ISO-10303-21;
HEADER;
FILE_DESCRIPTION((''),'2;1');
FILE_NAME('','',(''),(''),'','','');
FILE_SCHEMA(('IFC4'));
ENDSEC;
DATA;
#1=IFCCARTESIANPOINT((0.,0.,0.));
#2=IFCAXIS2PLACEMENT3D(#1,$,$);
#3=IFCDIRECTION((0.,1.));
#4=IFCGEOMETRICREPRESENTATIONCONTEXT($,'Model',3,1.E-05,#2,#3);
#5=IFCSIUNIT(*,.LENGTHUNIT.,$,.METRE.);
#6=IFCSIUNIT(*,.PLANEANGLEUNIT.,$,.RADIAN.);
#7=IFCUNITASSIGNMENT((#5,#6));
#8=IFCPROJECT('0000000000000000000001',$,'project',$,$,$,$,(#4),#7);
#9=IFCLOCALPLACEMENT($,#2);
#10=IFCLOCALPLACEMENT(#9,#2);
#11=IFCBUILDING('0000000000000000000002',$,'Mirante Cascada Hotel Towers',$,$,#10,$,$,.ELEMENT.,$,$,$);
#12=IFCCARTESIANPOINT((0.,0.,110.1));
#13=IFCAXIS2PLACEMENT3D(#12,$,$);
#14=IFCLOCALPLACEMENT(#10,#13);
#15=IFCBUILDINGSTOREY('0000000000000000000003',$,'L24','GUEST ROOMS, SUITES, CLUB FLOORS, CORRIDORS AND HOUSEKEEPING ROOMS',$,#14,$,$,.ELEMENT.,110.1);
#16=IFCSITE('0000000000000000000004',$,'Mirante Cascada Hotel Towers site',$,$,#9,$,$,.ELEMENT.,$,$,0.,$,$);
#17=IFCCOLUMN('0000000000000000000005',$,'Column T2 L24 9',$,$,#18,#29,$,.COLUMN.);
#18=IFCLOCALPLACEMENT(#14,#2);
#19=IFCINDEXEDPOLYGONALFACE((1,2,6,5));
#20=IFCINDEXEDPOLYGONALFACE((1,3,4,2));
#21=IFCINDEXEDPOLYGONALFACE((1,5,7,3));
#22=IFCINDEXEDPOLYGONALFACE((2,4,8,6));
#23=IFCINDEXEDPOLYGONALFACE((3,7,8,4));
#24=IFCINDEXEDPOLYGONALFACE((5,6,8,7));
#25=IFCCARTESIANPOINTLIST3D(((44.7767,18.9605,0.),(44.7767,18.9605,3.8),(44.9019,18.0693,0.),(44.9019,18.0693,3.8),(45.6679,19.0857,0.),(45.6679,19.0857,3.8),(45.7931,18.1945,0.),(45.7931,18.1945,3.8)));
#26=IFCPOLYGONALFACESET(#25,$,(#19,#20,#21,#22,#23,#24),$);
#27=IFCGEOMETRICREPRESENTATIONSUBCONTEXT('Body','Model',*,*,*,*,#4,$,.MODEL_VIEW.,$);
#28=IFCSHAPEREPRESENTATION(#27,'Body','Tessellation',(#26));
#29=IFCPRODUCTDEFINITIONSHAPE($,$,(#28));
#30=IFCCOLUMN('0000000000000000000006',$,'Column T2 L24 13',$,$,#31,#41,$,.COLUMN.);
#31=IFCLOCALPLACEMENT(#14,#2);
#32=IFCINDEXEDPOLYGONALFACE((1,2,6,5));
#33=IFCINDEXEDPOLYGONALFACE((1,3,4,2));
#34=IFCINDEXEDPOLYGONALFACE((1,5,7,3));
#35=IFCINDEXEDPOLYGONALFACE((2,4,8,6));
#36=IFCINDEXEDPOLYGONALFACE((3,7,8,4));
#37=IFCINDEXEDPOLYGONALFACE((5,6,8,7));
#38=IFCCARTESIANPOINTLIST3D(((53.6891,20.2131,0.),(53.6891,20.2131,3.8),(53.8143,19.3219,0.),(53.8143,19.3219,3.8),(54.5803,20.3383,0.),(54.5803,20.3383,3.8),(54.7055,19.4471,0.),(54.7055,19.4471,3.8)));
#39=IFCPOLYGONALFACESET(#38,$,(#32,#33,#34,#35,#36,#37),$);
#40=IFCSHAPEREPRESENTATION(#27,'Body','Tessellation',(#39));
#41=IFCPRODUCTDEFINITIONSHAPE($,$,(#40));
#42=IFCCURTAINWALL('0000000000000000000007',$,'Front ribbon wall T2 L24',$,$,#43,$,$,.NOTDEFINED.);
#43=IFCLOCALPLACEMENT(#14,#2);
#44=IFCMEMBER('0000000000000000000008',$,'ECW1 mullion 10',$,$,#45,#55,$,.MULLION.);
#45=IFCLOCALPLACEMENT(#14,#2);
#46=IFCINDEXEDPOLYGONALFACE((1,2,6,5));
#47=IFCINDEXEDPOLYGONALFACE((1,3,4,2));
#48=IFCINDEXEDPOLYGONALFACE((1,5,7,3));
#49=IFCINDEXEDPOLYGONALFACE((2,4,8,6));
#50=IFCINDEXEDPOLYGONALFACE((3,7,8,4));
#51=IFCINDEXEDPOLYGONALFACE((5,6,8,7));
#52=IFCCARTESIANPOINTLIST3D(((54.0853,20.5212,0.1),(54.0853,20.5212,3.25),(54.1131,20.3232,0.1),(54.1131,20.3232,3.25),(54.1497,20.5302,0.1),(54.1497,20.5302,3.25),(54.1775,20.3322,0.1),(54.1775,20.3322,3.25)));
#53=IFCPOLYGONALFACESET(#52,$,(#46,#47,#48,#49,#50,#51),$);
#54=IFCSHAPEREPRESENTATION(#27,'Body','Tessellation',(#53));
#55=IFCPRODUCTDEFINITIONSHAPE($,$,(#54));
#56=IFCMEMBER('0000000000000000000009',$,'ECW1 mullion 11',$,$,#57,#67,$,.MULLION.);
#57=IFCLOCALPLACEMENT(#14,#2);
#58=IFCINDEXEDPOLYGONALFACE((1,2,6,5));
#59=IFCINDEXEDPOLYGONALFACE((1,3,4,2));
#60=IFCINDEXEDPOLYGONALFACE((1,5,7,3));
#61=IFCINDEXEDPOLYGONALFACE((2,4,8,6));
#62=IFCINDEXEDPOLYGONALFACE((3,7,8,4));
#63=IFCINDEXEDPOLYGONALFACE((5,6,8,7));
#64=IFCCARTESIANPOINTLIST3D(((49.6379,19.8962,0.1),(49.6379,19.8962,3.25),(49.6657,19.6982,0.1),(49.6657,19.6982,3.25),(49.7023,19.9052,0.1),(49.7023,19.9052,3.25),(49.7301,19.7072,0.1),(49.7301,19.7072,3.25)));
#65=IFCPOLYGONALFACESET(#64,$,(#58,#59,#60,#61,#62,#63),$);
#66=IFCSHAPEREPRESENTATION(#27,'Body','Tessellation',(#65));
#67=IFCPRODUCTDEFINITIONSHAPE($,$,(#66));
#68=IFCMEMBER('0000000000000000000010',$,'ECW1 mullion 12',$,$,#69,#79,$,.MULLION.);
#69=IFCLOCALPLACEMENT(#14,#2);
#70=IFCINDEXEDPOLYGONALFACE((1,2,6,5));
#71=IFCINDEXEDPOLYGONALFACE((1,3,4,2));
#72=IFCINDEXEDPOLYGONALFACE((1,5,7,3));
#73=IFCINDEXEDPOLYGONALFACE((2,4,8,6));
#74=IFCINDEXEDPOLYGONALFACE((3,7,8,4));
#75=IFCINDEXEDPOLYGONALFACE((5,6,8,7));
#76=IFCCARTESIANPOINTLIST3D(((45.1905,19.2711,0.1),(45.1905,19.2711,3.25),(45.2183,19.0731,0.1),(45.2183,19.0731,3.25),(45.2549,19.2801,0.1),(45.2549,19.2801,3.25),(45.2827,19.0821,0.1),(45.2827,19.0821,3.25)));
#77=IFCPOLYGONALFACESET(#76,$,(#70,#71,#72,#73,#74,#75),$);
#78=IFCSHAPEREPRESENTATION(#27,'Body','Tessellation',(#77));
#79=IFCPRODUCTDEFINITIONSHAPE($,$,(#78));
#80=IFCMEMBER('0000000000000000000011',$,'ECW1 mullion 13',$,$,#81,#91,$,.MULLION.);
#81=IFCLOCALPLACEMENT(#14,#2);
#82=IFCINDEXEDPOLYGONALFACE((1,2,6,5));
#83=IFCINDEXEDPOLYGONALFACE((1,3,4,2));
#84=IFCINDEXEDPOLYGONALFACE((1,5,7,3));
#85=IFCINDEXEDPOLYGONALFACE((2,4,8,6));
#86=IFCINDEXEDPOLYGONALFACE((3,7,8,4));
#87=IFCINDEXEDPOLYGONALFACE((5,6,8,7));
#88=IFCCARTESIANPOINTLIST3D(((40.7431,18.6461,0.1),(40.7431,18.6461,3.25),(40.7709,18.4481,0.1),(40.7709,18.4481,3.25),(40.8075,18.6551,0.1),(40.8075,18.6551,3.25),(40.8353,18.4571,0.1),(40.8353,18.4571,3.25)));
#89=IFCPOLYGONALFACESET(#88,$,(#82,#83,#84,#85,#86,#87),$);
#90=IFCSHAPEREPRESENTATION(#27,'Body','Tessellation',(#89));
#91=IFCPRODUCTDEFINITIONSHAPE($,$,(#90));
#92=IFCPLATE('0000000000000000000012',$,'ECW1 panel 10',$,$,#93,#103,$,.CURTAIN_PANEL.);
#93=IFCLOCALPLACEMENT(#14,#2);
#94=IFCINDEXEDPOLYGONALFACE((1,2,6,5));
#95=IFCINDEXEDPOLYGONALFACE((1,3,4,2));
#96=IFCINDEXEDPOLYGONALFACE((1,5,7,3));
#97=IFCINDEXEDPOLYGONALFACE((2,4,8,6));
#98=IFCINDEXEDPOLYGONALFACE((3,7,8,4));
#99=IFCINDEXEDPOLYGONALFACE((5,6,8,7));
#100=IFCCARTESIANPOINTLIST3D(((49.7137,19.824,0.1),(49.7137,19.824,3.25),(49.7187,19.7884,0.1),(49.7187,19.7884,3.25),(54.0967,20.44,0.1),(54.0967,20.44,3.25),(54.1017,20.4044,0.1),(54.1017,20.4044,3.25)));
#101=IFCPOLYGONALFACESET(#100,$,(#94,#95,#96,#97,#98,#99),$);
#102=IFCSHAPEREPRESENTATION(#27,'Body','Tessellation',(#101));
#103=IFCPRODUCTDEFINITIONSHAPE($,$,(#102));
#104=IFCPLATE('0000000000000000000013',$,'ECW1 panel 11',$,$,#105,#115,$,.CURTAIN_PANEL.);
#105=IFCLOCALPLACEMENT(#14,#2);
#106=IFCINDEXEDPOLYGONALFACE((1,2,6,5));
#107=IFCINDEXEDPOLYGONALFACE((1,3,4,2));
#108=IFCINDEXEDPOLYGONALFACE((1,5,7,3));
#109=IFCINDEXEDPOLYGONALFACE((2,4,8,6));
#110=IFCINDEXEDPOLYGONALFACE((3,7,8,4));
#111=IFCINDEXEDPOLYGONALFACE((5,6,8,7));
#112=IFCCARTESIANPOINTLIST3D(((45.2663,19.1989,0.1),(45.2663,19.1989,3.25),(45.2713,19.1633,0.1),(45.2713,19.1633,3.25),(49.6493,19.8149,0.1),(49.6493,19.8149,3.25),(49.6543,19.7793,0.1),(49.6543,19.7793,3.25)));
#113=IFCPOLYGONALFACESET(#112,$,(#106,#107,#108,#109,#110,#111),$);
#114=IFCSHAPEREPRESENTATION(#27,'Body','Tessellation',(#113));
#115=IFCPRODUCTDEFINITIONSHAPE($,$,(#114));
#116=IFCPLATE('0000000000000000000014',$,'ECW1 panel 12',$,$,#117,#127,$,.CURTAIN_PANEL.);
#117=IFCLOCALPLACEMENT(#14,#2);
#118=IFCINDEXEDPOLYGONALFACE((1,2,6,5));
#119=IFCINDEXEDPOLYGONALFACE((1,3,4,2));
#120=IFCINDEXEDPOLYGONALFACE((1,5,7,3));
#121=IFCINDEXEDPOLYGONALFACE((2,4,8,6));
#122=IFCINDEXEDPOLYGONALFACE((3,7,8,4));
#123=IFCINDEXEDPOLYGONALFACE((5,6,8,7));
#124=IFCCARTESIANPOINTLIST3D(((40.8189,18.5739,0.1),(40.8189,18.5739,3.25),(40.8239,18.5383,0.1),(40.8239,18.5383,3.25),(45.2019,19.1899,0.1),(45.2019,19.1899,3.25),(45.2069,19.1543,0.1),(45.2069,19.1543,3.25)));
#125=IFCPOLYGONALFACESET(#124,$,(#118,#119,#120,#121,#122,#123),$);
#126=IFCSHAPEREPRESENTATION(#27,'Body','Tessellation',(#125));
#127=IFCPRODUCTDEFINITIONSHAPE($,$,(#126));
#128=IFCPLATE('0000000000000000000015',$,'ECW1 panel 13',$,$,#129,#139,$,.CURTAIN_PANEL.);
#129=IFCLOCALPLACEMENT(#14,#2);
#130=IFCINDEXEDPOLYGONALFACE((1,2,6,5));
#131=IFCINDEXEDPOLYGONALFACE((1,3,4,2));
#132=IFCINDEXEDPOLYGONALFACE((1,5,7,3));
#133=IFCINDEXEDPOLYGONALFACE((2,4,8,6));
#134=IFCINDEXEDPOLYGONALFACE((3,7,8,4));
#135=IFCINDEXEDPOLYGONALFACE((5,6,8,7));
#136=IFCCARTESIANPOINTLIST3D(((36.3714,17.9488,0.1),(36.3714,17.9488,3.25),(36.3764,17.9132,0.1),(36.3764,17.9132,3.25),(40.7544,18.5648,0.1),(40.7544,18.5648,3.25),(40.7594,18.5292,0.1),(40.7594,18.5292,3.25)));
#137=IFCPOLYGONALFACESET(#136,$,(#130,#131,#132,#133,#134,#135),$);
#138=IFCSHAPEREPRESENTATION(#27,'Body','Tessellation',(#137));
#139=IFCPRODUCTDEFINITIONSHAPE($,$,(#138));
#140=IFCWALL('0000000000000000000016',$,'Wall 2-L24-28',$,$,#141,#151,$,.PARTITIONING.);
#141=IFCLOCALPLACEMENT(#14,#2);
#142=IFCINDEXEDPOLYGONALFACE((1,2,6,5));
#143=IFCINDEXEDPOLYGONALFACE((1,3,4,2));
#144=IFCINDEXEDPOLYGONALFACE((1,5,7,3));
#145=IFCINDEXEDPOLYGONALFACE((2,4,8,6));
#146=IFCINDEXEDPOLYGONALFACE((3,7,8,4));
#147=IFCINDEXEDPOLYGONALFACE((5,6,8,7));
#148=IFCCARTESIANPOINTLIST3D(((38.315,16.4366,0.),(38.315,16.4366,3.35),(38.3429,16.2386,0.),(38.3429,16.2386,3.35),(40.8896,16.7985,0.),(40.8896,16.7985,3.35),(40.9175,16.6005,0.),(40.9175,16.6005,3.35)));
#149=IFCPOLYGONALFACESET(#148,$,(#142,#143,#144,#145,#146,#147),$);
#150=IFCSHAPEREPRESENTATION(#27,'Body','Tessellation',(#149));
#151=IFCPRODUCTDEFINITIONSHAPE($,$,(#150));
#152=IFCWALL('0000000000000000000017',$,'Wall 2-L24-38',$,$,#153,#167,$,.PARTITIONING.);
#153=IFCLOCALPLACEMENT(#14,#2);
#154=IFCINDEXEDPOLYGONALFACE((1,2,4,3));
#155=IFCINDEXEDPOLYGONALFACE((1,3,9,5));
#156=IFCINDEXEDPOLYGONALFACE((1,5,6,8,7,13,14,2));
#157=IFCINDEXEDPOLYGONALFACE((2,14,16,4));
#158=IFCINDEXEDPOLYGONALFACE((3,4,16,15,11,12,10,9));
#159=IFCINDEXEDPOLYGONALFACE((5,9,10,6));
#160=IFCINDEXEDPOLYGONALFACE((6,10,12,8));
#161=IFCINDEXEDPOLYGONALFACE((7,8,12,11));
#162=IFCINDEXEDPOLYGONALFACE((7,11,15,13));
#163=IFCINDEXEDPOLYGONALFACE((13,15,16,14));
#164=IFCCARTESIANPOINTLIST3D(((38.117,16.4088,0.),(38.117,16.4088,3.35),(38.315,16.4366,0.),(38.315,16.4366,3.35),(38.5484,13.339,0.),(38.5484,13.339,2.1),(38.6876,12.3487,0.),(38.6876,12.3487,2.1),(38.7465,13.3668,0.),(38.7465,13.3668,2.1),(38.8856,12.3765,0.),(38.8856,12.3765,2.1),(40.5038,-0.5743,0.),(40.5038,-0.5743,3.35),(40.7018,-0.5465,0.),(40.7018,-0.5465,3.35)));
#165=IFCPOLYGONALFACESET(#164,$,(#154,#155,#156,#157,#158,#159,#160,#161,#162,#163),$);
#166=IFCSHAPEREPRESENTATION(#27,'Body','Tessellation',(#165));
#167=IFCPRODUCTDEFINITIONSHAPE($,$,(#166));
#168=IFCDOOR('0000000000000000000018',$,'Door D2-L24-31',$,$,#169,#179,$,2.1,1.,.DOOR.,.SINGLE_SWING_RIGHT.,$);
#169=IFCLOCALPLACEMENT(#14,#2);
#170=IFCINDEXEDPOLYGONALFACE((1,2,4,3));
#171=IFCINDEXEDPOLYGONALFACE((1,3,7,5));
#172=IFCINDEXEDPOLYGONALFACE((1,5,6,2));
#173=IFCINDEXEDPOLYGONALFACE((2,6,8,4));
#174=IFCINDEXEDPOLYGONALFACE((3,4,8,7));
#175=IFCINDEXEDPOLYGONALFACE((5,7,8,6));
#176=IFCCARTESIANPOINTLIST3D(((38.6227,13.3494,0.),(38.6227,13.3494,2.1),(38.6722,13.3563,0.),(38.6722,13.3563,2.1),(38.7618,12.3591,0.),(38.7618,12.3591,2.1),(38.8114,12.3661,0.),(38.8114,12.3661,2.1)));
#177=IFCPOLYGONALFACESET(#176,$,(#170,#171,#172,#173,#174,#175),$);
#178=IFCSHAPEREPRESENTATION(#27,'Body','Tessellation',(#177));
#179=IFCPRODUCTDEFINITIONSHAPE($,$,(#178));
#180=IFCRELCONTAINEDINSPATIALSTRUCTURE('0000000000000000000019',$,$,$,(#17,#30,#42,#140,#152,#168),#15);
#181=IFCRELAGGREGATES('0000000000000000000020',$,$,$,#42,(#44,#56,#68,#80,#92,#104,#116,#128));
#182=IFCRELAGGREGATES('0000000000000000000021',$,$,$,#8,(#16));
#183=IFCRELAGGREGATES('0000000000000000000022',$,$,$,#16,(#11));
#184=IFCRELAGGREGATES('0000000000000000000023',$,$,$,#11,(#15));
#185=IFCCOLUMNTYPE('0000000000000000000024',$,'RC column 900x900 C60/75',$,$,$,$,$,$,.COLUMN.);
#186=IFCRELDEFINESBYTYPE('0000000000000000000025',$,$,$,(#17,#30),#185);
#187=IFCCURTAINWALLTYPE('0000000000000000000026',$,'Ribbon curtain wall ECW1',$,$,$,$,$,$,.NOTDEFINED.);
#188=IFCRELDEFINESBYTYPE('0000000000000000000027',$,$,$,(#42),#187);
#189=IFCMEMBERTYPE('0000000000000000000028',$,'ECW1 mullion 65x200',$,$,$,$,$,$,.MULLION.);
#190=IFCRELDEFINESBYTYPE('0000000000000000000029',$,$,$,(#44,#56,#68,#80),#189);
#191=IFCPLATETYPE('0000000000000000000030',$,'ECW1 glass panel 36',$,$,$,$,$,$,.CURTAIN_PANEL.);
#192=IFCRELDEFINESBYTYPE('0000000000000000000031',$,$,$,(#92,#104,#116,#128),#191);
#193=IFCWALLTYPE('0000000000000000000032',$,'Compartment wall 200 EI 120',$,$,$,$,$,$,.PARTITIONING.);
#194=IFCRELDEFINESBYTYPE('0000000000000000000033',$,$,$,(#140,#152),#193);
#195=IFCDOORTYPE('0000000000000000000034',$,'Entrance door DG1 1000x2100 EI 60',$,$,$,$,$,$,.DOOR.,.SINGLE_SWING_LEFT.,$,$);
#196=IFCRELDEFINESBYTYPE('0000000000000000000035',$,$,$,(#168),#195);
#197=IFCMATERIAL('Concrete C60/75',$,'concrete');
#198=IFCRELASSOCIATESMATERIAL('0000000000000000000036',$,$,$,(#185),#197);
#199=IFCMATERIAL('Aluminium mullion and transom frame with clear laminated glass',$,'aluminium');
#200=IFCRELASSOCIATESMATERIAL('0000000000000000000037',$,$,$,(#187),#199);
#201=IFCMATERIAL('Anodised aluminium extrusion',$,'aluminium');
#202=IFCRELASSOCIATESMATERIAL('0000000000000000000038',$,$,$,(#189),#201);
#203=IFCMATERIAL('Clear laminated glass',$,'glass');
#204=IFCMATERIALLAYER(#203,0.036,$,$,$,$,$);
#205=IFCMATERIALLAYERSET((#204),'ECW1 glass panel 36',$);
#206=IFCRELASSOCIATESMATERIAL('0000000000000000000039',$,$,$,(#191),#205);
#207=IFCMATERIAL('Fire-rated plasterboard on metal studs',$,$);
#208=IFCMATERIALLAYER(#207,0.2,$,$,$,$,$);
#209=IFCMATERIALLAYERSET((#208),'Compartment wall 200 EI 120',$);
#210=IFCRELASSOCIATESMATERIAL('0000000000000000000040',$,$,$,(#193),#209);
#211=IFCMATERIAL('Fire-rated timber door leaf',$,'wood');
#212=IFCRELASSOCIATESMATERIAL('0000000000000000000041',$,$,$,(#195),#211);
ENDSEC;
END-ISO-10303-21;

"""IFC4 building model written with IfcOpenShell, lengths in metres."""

from ifc_helpers import new_model, si_unit, direction, frame, frame_2d, origin, origin_2d, place, context, subcontext, project, spatial, rectangle, extrude, material, layer, layer_set, material_profile, profile_set, type_object, element, fill, aggregate, save


model = new_model("IFC4")

# Units and contexts
model_context = context("Model", 3, precision=1e-05, world=origin(), true_north=direction((0.0, 1.0)))
body_context = subcontext(model_context, "Body", "Model", "MODEL_VIEW")
ifc_project = project(units=[si_unit("LENGTHUNIT", "METRE"), si_unit("PLANEANGLEUNIT", "RADIAN")], contexts=[model_context])

# Site, building, storey
site_placement = place(None, origin())
site = spatial("IfcSite", under=ifc_project, at=site_placement, Name="Mirante Cascada Hotel Towers site", CompositionType="ELEMENT", RefElevation=0.0)
building_placement = place(site_placement, origin())
building = spatial("IfcBuilding", under=site, at=building_placement, Name="Mirante Cascada Hotel Towers", CompositionType="ELEMENT")
storey_placement = place(building_placement, frame((0.0, 0.0, 110.1)))
storey = spatial("IfcBuildingStorey", under=building, at=storey_placement, Name="L24", Description="GUEST ROOMS, SUITES, CLUB FLOORS, CORRIDORS AND HOUSEKEEPING ROOMS", CompositionType="ELEMENT", Elevation=110.1)

# Columns
ifc_material_1 = material(Name="Concrete C60/75", Category="concrete")
ifc_material_profile_1 = material_profile(ifc_material_1, rectangle(XDim=0.9, YDim=0.9, at=origin_2d()), Name="RC column 900x900 C60/75")
ifc_profile_set_1 = profile_set([ifc_material_profile_1], Name="Concrete C60/75")
column_type = type_object("IfcColumnType", Name="RC column 900x900 C60/75", PredefinedType="COLUMN", material=ifc_profile_set_1)
for number, where, z_axis, x_axis, name in (
    (1, (45.2849, 18.5775, 0.0), (0.0, 0.0, 1.0), (0.990268, 0.139173, 0.0), "Column T2 L24 9"),
    (2, (54.1973, 19.8301, 0.0), (0.0, 0.0, 1.0), (0.990268, 0.139173, 0.0), "Column T2 L24 13"),
):
    element("IfcColumn", number, at=place(storey_placement, frame(where, z_axis=z_axis, x_axis=x_axis)), inside=storey, type_object=column_type, Name=name, PredefinedType="COLUMN", context=body_context, shape_type="SweptSolid", body=[
        extrude(rectangle(XDim=0.9, YDim=0.9, at=origin_2d()), origin(), (0.0, 0.0, 1.0), 3.8),
    ])

# Curtain wall, members, plates
ifc_material_2 = material(Name="Aluminium mullion and transom frame with clear laminated glass", Category="aluminium")
curtain_wall_type = type_object("IfcCurtainWallType", Name="Ribbon curtain wall ECW1", PredefinedType="NOTDEFINED", material=ifc_material_2)
curtain_wall_placement = place(storey_placement, origin())
curtain_wall = element("IfcCurtainWall", 3, at=curtain_wall_placement, inside=storey, type_object=curtain_wall_type, Name="Front ribbon wall T2 L24", PredefinedType="NOTDEFINED")
ifc_material_3 = material(Name="Anodised aluminium extrusion", Category="aluminium")
ifc_material_profile_2 = material_profile(ifc_material_3, rectangle(XDim=0.2, YDim=0.065, at=origin_2d()), Name="ECW1 MULLION 65x200")
ifc_profile_set_2 = profile_set([ifc_material_profile_2], Name="Anodised aluminium extrusion")
member_type = type_object("IfcMemberType", Name="ECW1 mullion 65x200", PredefinedType="MULLION", material=ifc_profile_set_2)
member_1_placement = place(storey_placement, frame((54.1314, 20.4267, 0.1), z_axis=(0.0, 0.0, 1.0), x_axis=(0.139173, -0.990268, 0.0)))
member_1 = element("IfcMember", 4, at=member_1_placement, type_object=member_type, Name="ECW1 mullion 10", PredefinedType="MULLION", context=body_context, shape_type="SweptSolid", body=[
    extrude(rectangle(XDim=0.2, YDim=0.065, at=origin_2d()), origin(), (0.0, 0.0, 1.0), 3.15),
])
member_2_placement = place(storey_placement, frame((49.684, 19.8017, 0.1), z_axis=(0.0, 0.0, 1.0), x_axis=(0.139173, -0.990268, 0.0)))
member_2 = element("IfcMember", 5, at=member_2_placement, type_object=member_type, Name="ECW1 mullion 11", PredefinedType="MULLION", context=body_context, shape_type="SweptSolid", body=[
    extrude(rectangle(XDim=0.2, YDim=0.065, at=origin_2d()), origin(), (0.0, 0.0, 1.0), 3.15),
])
member_3_placement = place(storey_placement, frame((45.2366, 19.1766, 0.1), z_axis=(0.0, 0.0, 1.0), x_axis=(0.139173, -0.990268, 0.0)))
member_3 = element("IfcMember", 6, at=member_3_placement, type_object=member_type, Name="ECW1 mullion 12", PredefinedType="MULLION", context=body_context, shape_type="SweptSolid", body=[
    extrude(rectangle(XDim=0.2, YDim=0.065, at=origin_2d()), origin(), (0.0, 0.0, 1.0), 3.15),
])
member_4_placement = place(storey_placement, frame((40.7892, 18.5516, 0.1), z_axis=(0.0, 0.0, 1.0), x_axis=(0.139173, -0.990268, 0.0)))
member_4 = element("IfcMember", 7, at=member_4_placement, type_object=member_type, Name="ECW1 mullion 13", PredefinedType="MULLION", context=body_context, shape_type="SweptSolid", body=[
    extrude(rectangle(XDim=0.2, YDim=0.065, at=origin_2d()), origin(), (0.0, 0.0, 1.0), 3.15),
])
ifc_material_4 = material(Name="Clear laminated glass", Category="glass")
ifc_layer_1 = layer(ifc_material_4, 0.036)
ifc_layer_set_1 = layer_set([ifc_layer_1], Name="ECW1 glass panel 36")
plate_type = type_object("IfcPlateType", Name="ECW1 glass panel 36", PredefinedType="CURTAIN_PANEL", material=ifc_layer_set_1)
plate_1_placement = place(storey_placement, frame((51.9077, 20.1142, 0.1), z_axis=(0.0, 0.0, 1.0), x_axis=(-0.990268, -0.139173, 0.0)))
plate_1 = element("IfcPlate", 8, at=plate_1_placement, type_object=plate_type, Name="ECW1 panel 10", PredefinedType="CURTAIN_PANEL", context=body_context, shape_type="SweptSolid", body=[
    extrude(rectangle(XDim=4.4261, YDim=0.036, at=origin_2d()), origin(), (0.0, 0.0, 1.0), 3.15),
])
plate_2_placement = place(storey_placement, frame((47.4603, 19.4891, 0.1), z_axis=(0.0, 0.0, 1.0), x_axis=(-0.990268, -0.139173, 0.0)))
plate_2 = element("IfcPlate", 9, at=plate_2_placement, type_object=plate_type, Name="ECW1 panel 11", PredefinedType="CURTAIN_PANEL", context=body_context, shape_type="SweptSolid", body=[
    extrude(rectangle(XDim=4.4261, YDim=0.036, at=origin_2d()), origin(), (0.0, 0.0, 1.0), 3.15),
])
plate_3_placement = place(storey_placement, frame((43.0129, 18.8641, 0.1), z_axis=(0.0, 0.0, 1.0), x_axis=(-0.990268, -0.139173, 0.0)))
plate_3 = element("IfcPlate", 10, at=plate_3_placement, type_object=plate_type, Name="ECW1 panel 12", PredefinedType="CURTAIN_PANEL", context=body_context, shape_type="SweptSolid", body=[
    extrude(rectangle(XDim=4.4261, YDim=0.036, at=origin_2d()), origin(), (0.0, 0.0, 1.0), 3.15),
])
plate_4_placement = place(storey_placement, frame((38.5654, 18.239, 0.1), z_axis=(0.0, 0.0, 1.0), x_axis=(-0.990268, -0.139173, 0.0)))
plate_4 = element("IfcPlate", 11, at=plate_4_placement, type_object=plate_type, Name="ECW1 panel 13", PredefinedType="CURTAIN_PANEL", context=body_context, shape_type="SweptSolid", body=[
    extrude(rectangle(XDim=4.4261, YDim=0.036, at=origin_2d()), origin(), (0.0, 0.0, 1.0), 3.15),
])
aggregate(curtain_wall, [member_1, member_2, member_3, member_4, plate_1, plate_2, plate_3, plate_4])

# Wall
ifc_material_5 = material(Name="Fire-rated plasterboard on metal studs")
ifc_layer_2 = layer(ifc_material_5, 0.2)
ifc_layer_set_2 = layer_set([ifc_layer_2], Name="Compartment wall 200 EI 120")
wall_type_1 = type_object("IfcWallType", Name="Compartment wall 200 EI 120", PredefinedType="PARTITIONING", material=ifc_layer_set_2)
wall_1_placement = place(storey_placement, frame((40.9036, 16.6995, 0.0), z_axis=(0.0, 0.0, 1.0), x_axis=(-0.990265, -0.139197, 0.0)))
element("IfcWall", 12, at=wall_1_placement, inside=storey, type_object=wall_type_1, Name="Wall 2-L24-28", PredefinedType="PARTITIONING", context=body_context, shape_type="SweptSolid", body=[
    extrude(rectangle(XDim=2.5999, YDim=0.2, at=frame_2d((1.3, 0.0))), origin(), (0.0, 0.0, 1.0), 3.35),
])

# Wall, opening, door
wall_2_placement = place(storey_placement, frame((38.216, 16.4227, 0.0), z_axis=(0.0, 0.0, 1.0), x_axis=(0.139172, -0.990268, 0.0)))
wall_2 = element("IfcWall", 13, at=wall_2_placement, inside=storey, type_object=wall_type_1, Name="Wall 2-L24-38", PredefinedType="PARTITIONING", context=body_context, shape_type="SweptSolid", body=[
    extrude(rectangle(XDim=17.15, YDim=0.2, at=frame_2d((8.575, 0.0))), origin(), (0.0, 0.0, 1.0), 3.35),
])
opening_1_placement = place(wall_2_placement, frame((3.1, 0.0, 0.0)))
opening_1 = element("IfcOpeningElement", 14, at=opening_1_placement, cuts=wall_2, PredefinedType="OPENING", context=body_context, shape_type="SweptSolid", body=[
    extrude(rectangle(XDim=1.0, YDim=2.1, at=frame_2d((0.5, 1.05))), frame((0.0, 0.1, 0.0), z_axis=(0.0, -1.0, 0.0), x_axis=(1.0, 0.0, 0.0)), (0.0, 0.0, 1.0), 0.2),
])
ifc_material_6 = material(Name="Fire-rated timber door leaf", Category="wood")
door_type_1 = type_object("IfcDoorType", Name="Entrance door DG1 1000x2100 EI 60", OperationType="SINGLE_SWING_LEFT", PredefinedType="DOOR", material=ifc_material_6)
door_1_placement = place(opening_1_placement, frame((1.0, 0.0, 0.0), z_axis=(0.0, 0.0, 1.0), x_axis=(-1.0, 0.0, 0.0)))
door_1 = element("IfcDoor", 15, at=door_1_placement, inside=storey, type_object=door_type_1, Name="Door D2-L24-31", OperationType="SINGLE_SWING_RIGHT", OverallHeight=2.1, OverallWidth=1.0, PredefinedType="DOOR", context=body_context, shape_type="SweptSolid", body=[
    extrude(rectangle(XDim=1.0, YDim=2.1, at=frame_2d((0.5, 1.05))), frame((0.0, 0.025, 0.0), z_axis=(0.0, -1.0, 0.0), x_axis=(1.0, 0.0, 0.0)), (0.0, 0.0, 1.0), 0.05),
])
fill(opening_1, door_1)

save(model, "model.ifc")
